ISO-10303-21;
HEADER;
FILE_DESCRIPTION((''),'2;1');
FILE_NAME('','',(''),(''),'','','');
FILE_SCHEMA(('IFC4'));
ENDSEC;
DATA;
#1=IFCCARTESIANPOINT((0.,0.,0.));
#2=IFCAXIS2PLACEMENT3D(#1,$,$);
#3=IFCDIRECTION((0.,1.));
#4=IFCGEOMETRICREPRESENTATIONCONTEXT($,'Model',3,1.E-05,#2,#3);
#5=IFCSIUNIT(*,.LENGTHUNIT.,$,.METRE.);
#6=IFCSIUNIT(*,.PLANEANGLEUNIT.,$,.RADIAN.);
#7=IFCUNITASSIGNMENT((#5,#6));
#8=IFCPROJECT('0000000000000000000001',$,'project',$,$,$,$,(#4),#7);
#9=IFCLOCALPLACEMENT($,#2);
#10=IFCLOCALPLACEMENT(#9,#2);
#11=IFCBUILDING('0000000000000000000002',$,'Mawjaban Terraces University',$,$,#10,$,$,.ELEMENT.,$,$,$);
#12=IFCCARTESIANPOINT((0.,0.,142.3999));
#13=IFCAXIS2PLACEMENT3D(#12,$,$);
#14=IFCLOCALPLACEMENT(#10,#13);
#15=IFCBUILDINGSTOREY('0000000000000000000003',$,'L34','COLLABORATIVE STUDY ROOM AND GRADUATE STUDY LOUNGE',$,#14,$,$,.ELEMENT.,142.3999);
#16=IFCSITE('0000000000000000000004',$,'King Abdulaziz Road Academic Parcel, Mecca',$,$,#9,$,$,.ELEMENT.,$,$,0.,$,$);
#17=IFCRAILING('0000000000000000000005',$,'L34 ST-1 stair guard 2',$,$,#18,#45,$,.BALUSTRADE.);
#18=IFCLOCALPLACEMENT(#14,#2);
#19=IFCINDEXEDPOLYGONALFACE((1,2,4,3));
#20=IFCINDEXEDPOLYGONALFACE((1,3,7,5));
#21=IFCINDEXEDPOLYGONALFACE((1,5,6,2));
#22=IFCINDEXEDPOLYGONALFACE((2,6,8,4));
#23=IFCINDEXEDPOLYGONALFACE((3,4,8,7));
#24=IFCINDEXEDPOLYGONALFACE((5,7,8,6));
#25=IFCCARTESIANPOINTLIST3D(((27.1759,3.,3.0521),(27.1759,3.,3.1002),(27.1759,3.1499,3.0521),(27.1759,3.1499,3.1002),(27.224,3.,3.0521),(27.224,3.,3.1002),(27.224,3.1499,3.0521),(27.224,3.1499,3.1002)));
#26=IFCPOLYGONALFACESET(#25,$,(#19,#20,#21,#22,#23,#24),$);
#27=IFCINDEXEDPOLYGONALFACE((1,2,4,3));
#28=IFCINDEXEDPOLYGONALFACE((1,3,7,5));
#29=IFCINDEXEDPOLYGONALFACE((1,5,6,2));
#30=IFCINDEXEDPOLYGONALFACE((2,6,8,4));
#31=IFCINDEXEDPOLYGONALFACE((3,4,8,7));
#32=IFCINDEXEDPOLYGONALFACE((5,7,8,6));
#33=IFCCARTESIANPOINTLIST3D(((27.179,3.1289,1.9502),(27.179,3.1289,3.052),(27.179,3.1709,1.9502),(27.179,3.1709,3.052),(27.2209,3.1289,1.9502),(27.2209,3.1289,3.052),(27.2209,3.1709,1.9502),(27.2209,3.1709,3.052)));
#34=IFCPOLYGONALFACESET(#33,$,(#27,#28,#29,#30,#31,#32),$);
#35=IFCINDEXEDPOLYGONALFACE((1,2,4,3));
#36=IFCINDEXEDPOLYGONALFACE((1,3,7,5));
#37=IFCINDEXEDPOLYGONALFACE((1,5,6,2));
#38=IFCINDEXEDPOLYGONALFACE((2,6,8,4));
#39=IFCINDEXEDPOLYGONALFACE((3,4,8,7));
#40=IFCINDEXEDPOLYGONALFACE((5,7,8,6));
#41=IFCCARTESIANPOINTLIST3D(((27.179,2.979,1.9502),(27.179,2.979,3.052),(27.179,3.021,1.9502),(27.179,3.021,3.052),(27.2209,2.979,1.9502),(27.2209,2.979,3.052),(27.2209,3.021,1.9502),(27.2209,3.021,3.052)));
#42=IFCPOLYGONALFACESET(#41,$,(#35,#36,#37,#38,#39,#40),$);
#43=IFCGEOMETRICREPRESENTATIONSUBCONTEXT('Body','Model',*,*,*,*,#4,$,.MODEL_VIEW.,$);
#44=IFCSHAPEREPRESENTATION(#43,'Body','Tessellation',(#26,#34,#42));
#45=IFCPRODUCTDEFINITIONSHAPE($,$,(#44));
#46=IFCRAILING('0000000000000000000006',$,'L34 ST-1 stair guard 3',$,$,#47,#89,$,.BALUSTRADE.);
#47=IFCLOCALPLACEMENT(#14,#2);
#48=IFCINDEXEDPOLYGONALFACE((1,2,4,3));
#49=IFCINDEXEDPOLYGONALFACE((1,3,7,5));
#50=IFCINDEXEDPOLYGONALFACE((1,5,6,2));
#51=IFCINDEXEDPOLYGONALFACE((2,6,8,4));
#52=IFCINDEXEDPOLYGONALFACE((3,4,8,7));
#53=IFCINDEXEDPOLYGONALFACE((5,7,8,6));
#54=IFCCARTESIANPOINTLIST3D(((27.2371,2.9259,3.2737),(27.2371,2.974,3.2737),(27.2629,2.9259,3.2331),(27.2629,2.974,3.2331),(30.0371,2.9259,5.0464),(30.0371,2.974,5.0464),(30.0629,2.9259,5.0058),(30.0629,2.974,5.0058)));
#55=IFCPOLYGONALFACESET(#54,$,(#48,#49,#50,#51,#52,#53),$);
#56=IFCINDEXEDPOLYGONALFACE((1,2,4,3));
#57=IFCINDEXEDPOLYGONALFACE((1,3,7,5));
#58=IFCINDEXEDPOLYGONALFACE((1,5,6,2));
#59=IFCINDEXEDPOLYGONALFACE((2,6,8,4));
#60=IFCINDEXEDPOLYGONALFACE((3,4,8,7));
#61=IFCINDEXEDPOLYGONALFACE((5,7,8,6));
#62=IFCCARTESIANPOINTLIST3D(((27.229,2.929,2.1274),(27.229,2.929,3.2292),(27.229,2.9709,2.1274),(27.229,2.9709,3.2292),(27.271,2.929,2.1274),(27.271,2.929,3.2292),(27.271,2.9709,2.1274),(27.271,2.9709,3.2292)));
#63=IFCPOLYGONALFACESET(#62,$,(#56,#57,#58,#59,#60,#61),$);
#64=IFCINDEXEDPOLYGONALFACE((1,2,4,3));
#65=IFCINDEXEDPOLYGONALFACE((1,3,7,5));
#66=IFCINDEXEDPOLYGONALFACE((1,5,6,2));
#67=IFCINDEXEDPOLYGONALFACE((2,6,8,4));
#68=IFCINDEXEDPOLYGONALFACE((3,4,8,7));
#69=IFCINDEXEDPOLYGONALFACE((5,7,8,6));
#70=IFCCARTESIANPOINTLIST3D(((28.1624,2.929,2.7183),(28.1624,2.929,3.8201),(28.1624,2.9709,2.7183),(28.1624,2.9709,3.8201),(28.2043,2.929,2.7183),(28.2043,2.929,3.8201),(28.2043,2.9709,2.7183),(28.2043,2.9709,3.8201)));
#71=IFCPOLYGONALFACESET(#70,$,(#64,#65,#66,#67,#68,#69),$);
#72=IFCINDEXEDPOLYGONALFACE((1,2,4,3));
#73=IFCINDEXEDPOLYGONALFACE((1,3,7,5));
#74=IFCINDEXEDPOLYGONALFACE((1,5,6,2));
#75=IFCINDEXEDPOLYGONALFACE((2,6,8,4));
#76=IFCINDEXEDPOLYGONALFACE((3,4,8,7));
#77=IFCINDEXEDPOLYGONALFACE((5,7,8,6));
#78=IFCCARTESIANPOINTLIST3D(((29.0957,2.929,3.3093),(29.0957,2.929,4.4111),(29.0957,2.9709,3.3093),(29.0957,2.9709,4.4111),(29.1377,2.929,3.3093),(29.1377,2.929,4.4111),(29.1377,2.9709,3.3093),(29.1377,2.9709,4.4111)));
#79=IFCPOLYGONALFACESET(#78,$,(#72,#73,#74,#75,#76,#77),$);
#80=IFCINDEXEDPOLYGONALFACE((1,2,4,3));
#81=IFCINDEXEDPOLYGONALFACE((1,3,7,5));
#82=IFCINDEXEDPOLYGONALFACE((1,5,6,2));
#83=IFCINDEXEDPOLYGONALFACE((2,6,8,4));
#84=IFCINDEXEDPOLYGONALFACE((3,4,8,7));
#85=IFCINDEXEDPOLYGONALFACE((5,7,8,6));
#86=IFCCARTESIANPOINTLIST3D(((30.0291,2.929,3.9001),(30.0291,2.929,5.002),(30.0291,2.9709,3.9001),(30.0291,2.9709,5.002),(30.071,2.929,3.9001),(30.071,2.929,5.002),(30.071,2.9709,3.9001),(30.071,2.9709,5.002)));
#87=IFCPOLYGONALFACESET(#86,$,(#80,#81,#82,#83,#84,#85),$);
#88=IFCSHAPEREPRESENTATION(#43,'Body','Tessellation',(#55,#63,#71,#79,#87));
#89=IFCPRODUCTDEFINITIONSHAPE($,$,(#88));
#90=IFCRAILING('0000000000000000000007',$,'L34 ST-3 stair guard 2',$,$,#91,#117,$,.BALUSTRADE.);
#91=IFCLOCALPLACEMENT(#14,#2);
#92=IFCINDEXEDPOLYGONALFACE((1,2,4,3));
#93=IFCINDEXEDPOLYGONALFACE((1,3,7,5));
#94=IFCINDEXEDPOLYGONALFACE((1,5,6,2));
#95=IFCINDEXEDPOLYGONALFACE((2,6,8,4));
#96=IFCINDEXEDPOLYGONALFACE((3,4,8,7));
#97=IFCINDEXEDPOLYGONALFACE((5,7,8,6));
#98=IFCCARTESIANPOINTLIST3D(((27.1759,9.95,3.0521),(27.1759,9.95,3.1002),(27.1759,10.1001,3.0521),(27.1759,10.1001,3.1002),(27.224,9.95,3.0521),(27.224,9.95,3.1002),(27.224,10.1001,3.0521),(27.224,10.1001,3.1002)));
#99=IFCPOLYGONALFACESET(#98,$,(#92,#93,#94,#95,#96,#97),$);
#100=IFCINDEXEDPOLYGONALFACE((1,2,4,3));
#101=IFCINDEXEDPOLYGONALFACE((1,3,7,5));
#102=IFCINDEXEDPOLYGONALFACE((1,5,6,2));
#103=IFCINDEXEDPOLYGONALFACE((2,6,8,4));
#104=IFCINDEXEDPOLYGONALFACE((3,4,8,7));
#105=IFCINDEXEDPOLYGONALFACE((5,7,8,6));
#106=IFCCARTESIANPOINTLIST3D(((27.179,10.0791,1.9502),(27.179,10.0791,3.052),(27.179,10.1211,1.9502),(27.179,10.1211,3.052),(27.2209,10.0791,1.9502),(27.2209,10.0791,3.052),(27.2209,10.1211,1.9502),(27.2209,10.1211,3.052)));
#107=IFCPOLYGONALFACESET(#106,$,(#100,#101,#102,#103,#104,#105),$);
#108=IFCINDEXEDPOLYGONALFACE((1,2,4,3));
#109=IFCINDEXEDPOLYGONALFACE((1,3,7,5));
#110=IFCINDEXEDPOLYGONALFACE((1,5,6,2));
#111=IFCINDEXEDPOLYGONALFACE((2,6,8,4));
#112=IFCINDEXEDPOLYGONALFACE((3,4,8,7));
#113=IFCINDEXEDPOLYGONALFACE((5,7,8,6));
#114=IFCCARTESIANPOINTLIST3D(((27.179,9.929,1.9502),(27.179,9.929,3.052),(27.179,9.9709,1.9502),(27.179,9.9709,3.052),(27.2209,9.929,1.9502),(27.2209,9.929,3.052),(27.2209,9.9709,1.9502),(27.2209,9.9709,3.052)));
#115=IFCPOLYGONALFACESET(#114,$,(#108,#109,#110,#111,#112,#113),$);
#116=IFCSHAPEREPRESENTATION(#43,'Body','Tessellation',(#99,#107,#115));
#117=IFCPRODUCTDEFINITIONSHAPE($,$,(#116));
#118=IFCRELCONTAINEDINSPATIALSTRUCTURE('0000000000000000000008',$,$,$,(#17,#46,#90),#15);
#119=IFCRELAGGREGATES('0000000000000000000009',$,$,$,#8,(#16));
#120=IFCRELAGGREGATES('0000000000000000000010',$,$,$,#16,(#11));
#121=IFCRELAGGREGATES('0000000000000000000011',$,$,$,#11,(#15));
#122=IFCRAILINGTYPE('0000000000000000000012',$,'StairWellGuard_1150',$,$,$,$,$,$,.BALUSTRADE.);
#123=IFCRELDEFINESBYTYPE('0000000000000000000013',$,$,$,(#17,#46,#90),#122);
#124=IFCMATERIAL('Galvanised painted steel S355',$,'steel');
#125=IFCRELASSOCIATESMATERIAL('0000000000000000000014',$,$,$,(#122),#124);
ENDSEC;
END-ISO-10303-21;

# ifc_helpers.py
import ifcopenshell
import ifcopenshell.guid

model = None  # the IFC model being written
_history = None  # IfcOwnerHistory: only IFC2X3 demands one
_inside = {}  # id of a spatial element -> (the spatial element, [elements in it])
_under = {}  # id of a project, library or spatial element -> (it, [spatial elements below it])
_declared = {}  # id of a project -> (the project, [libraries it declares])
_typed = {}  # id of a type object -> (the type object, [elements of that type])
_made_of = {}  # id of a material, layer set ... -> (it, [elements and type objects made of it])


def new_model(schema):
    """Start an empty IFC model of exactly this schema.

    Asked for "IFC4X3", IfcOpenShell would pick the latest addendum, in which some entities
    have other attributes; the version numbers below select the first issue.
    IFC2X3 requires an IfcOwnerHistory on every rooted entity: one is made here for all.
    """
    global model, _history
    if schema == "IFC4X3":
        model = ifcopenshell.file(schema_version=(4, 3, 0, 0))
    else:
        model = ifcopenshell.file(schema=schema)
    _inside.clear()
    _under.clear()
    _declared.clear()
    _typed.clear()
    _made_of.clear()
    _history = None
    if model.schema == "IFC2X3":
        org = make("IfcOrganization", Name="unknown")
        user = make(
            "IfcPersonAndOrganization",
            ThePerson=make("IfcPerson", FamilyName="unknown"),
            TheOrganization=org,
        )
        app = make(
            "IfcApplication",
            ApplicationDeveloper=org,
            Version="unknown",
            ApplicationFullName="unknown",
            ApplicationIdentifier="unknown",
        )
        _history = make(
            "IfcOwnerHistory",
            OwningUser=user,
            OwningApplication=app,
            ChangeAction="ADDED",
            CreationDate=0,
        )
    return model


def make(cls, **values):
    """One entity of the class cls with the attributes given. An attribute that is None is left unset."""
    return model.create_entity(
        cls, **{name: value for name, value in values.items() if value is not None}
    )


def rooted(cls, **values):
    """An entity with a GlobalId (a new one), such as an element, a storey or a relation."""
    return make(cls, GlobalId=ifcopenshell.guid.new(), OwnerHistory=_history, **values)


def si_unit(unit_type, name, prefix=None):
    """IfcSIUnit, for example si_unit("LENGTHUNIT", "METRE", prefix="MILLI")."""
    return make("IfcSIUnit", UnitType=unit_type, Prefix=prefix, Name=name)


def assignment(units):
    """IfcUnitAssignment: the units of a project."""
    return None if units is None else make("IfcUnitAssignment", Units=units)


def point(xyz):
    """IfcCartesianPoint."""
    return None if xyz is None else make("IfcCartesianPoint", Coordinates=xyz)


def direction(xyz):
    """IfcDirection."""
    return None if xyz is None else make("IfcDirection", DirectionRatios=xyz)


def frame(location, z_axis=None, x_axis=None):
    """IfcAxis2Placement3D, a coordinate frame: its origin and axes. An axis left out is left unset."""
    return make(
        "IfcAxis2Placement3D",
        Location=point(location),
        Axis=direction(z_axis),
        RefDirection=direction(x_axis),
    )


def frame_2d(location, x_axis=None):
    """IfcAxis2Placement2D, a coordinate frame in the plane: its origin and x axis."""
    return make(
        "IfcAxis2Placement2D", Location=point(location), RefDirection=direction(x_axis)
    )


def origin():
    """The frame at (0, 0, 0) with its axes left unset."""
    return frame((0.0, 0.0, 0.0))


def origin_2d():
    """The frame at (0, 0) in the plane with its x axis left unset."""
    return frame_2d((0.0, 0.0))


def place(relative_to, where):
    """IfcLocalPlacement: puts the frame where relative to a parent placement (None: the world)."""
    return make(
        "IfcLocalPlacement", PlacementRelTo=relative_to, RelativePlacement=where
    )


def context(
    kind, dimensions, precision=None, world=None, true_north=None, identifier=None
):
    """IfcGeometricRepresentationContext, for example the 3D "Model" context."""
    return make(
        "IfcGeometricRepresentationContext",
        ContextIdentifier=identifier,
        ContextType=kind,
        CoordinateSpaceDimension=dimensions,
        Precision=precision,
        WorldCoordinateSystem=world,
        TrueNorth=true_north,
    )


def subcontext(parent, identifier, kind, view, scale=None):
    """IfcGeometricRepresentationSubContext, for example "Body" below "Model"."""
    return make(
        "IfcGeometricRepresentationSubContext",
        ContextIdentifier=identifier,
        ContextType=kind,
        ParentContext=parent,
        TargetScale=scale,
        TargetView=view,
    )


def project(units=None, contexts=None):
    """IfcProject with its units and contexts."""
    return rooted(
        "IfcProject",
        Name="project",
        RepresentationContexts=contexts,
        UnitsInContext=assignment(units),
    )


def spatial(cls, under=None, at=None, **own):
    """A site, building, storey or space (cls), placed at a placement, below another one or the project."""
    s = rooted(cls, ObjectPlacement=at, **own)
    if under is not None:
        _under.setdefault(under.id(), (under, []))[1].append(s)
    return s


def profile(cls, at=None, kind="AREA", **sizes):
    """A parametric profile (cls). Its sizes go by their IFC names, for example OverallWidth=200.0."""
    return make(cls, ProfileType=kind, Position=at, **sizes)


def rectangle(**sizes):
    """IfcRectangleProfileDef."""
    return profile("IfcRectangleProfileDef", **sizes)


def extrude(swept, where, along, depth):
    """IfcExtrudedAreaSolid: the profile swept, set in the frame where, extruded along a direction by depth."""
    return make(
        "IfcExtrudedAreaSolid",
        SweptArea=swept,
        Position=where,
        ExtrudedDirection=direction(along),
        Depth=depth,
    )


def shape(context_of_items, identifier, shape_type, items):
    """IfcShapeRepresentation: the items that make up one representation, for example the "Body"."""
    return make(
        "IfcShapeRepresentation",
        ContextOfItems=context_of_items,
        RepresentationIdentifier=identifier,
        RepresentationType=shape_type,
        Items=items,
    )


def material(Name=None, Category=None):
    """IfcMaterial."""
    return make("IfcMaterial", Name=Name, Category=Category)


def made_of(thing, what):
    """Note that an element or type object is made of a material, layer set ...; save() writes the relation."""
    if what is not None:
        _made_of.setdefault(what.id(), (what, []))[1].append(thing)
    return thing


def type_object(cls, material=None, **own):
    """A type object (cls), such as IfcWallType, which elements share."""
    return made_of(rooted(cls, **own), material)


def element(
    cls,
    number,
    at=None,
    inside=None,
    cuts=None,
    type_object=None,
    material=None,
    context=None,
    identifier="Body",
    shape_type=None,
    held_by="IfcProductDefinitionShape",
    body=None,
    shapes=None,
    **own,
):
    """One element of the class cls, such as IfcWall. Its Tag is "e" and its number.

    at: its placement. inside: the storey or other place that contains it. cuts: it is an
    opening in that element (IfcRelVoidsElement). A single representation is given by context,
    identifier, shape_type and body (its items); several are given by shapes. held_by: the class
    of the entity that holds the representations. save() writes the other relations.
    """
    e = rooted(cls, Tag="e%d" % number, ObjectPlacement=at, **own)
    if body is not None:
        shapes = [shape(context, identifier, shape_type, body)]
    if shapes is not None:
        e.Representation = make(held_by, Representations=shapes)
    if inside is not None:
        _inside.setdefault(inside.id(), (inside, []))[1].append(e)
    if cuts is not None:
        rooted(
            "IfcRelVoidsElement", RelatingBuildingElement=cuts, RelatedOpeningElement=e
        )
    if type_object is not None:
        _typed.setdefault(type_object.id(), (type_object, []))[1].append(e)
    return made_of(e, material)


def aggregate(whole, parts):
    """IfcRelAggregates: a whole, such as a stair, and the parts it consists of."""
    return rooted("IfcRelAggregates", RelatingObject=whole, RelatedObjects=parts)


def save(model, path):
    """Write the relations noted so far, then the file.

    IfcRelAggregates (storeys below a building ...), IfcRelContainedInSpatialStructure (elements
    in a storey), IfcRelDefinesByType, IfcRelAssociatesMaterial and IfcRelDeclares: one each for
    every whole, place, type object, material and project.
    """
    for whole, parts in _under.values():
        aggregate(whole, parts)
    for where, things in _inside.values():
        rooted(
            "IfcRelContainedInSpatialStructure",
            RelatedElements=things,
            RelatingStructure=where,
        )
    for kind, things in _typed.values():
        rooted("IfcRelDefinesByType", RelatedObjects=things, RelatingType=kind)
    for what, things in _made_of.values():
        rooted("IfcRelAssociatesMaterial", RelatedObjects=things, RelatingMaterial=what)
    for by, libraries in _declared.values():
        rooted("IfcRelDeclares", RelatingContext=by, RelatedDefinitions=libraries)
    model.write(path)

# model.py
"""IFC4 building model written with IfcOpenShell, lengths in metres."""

from ifc_helpers import new_model, si_unit, direction, frame, origin, origin_2d, place, context, subcontext, project, spatial, rectangle, extrude, material, type_object, element, save


model = new_model("IFC4")

# Units and contexts
model_context = context("Model", 3, precision=1e-05, world=origin(), true_north=direction((0.0, 1.0)))
body_context = subcontext(model_context, "Body", "Model", "MODEL_VIEW")
ifc_project = project(units=[si_unit("LENGTHUNIT", "METRE"), si_unit("PLANEANGLEUNIT", "RADIAN")], contexts=[model_context])

# Site, building, storey
site_placement = place(None, origin())
site = spatial("IfcSite", under=ifc_project, at=site_placement, Name="King Abdulaziz Road Academic Parcel, Mecca", CompositionType="ELEMENT", RefElevation=0.0)
building_placement = place(site_placement, origin())
building = spatial("IfcBuilding", under=site, at=building_placement, Name="Mawjaban Terraces University", CompositionType="ELEMENT")
storey_placement = place(building_placement, frame((0.0, 0.0, 142.3999)))
storey = spatial("IfcBuildingStorey", under=building, at=storey_placement, Name="L34", Description="COLLABORATIVE STUDY ROOM AND GRADUATE STUDY LOUNGE", CompositionType="ELEMENT", Elevation=142.3999)

# Railings
ifc_material_1 = material(Name="Galvanised painted steel S355", Category="steel")
railing_type_1 = type_object("IfcRailingType", Name="StairWellGuard_1150", PredefinedType="BALUSTRADE", material=ifc_material_1)
railing_1_placement = place(storey_placement, frame((27.2, 3.1499, 1.9502)))
element("IfcRailing", 1, at=railing_1_placement, inside=storey, type_object=railing_type_1, Name="L34 ST-1 stair guard 2", PredefinedType="BALUSTRADE", context=body_context, shape_type="SweptSolid", body=[
    extrude(rectangle(XDim=0.0481, YDim=0.0481, at=origin_2d()), frame((0.0, 0.0, 1.126), z_axis=(0.0, -1.0, 0.0), x_axis=(1.0, 0.0, 0.0)), (0.0, 0.0, 1.0), 0.1499),
    extrude(rectangle(XDim=0.042, YDim=0.042, at=origin_2d()), origin(), (0.0, 0.0, 1.0), 1.1018),
    extrude(rectangle(XDim=0.042, YDim=0.042, at=origin_2d()), frame((0.0, -0.1499, 0.0)), (0.0, 0.0, 1.0), 1.1018),
])
railing_2_placement = place(storey_placement, frame((27.25, 2.95, 2.1274)))
element("IfcRailing", 2, at=railing_2_placement, inside=storey, type_object=railing_type_1, Name="L34 ST-1 stair guard 3", PredefinedType="BALUSTRADE", context=body_context, shape_type="SweptSolid", body=[
    extrude(rectangle(XDim=0.0481, YDim=0.0481, at=origin_2d()), frame((0.0, 0.0, 1.126), z_axis=(0.844909, 0.0, 0.53491), x_axis=(0.0, 1.0, 0.0)), (0.0, 0.0, 1.0), 3.314),
    extrude(rectangle(XDim=0.042, YDim=0.042, at=origin_2d()), origin(), (0.0, 0.0, 1.0), 1.1018),
    extrude(rectangle(XDim=0.042, YDim=0.042, at=origin_2d()), frame((0.9333, 0.0, 0.5908)), (0.0, 0.0, 1.0), 1.1018),
    extrude(rectangle(XDim=0.042, YDim=0.042, at=origin_2d()), frame((1.8667, 0.0, 1.1819)), (0.0, 0.0, 1.0), 1.1018),
    extrude(rectangle(XDim=0.042, YDim=0.042, at=origin_2d()), frame((2.8, 0.0, 1.7727)), (0.0, 0.0, 1.0), 1.1018),
])
railing_3_placement = place(storey_placement, frame((27.2, 10.1001, 1.9502)))
element("IfcRailing", 3, at=railing_3_placement, inside=storey, type_object=railing_type_1, Name="L34 ST-3 stair guard 2", PredefinedType="BALUSTRADE", context=body_context, shape_type="SweptSolid", body=[
    extrude(rectangle(XDim=0.0481, YDim=0.0481, at=origin_2d()), frame((0.0, 0.0, 1.126), z_axis=(0.0, -1.0, 0.0), x_axis=(1.0, 0.0, 0.0)), (0.0, 0.0, 1.0), 0.1501),
    extrude(rectangle(XDim=0.042, YDim=0.042, at=origin_2d()), origin(), (0.0, 0.0, 1.0), 1.1018),
    extrude(rectangle(XDim=0.042, YDim=0.042, at=origin_2d()), frame((0.0, -0.1501, 0.0)), (0.0, 0.0, 1.0), 1.1018),
])

save(model, "model.ifc")
